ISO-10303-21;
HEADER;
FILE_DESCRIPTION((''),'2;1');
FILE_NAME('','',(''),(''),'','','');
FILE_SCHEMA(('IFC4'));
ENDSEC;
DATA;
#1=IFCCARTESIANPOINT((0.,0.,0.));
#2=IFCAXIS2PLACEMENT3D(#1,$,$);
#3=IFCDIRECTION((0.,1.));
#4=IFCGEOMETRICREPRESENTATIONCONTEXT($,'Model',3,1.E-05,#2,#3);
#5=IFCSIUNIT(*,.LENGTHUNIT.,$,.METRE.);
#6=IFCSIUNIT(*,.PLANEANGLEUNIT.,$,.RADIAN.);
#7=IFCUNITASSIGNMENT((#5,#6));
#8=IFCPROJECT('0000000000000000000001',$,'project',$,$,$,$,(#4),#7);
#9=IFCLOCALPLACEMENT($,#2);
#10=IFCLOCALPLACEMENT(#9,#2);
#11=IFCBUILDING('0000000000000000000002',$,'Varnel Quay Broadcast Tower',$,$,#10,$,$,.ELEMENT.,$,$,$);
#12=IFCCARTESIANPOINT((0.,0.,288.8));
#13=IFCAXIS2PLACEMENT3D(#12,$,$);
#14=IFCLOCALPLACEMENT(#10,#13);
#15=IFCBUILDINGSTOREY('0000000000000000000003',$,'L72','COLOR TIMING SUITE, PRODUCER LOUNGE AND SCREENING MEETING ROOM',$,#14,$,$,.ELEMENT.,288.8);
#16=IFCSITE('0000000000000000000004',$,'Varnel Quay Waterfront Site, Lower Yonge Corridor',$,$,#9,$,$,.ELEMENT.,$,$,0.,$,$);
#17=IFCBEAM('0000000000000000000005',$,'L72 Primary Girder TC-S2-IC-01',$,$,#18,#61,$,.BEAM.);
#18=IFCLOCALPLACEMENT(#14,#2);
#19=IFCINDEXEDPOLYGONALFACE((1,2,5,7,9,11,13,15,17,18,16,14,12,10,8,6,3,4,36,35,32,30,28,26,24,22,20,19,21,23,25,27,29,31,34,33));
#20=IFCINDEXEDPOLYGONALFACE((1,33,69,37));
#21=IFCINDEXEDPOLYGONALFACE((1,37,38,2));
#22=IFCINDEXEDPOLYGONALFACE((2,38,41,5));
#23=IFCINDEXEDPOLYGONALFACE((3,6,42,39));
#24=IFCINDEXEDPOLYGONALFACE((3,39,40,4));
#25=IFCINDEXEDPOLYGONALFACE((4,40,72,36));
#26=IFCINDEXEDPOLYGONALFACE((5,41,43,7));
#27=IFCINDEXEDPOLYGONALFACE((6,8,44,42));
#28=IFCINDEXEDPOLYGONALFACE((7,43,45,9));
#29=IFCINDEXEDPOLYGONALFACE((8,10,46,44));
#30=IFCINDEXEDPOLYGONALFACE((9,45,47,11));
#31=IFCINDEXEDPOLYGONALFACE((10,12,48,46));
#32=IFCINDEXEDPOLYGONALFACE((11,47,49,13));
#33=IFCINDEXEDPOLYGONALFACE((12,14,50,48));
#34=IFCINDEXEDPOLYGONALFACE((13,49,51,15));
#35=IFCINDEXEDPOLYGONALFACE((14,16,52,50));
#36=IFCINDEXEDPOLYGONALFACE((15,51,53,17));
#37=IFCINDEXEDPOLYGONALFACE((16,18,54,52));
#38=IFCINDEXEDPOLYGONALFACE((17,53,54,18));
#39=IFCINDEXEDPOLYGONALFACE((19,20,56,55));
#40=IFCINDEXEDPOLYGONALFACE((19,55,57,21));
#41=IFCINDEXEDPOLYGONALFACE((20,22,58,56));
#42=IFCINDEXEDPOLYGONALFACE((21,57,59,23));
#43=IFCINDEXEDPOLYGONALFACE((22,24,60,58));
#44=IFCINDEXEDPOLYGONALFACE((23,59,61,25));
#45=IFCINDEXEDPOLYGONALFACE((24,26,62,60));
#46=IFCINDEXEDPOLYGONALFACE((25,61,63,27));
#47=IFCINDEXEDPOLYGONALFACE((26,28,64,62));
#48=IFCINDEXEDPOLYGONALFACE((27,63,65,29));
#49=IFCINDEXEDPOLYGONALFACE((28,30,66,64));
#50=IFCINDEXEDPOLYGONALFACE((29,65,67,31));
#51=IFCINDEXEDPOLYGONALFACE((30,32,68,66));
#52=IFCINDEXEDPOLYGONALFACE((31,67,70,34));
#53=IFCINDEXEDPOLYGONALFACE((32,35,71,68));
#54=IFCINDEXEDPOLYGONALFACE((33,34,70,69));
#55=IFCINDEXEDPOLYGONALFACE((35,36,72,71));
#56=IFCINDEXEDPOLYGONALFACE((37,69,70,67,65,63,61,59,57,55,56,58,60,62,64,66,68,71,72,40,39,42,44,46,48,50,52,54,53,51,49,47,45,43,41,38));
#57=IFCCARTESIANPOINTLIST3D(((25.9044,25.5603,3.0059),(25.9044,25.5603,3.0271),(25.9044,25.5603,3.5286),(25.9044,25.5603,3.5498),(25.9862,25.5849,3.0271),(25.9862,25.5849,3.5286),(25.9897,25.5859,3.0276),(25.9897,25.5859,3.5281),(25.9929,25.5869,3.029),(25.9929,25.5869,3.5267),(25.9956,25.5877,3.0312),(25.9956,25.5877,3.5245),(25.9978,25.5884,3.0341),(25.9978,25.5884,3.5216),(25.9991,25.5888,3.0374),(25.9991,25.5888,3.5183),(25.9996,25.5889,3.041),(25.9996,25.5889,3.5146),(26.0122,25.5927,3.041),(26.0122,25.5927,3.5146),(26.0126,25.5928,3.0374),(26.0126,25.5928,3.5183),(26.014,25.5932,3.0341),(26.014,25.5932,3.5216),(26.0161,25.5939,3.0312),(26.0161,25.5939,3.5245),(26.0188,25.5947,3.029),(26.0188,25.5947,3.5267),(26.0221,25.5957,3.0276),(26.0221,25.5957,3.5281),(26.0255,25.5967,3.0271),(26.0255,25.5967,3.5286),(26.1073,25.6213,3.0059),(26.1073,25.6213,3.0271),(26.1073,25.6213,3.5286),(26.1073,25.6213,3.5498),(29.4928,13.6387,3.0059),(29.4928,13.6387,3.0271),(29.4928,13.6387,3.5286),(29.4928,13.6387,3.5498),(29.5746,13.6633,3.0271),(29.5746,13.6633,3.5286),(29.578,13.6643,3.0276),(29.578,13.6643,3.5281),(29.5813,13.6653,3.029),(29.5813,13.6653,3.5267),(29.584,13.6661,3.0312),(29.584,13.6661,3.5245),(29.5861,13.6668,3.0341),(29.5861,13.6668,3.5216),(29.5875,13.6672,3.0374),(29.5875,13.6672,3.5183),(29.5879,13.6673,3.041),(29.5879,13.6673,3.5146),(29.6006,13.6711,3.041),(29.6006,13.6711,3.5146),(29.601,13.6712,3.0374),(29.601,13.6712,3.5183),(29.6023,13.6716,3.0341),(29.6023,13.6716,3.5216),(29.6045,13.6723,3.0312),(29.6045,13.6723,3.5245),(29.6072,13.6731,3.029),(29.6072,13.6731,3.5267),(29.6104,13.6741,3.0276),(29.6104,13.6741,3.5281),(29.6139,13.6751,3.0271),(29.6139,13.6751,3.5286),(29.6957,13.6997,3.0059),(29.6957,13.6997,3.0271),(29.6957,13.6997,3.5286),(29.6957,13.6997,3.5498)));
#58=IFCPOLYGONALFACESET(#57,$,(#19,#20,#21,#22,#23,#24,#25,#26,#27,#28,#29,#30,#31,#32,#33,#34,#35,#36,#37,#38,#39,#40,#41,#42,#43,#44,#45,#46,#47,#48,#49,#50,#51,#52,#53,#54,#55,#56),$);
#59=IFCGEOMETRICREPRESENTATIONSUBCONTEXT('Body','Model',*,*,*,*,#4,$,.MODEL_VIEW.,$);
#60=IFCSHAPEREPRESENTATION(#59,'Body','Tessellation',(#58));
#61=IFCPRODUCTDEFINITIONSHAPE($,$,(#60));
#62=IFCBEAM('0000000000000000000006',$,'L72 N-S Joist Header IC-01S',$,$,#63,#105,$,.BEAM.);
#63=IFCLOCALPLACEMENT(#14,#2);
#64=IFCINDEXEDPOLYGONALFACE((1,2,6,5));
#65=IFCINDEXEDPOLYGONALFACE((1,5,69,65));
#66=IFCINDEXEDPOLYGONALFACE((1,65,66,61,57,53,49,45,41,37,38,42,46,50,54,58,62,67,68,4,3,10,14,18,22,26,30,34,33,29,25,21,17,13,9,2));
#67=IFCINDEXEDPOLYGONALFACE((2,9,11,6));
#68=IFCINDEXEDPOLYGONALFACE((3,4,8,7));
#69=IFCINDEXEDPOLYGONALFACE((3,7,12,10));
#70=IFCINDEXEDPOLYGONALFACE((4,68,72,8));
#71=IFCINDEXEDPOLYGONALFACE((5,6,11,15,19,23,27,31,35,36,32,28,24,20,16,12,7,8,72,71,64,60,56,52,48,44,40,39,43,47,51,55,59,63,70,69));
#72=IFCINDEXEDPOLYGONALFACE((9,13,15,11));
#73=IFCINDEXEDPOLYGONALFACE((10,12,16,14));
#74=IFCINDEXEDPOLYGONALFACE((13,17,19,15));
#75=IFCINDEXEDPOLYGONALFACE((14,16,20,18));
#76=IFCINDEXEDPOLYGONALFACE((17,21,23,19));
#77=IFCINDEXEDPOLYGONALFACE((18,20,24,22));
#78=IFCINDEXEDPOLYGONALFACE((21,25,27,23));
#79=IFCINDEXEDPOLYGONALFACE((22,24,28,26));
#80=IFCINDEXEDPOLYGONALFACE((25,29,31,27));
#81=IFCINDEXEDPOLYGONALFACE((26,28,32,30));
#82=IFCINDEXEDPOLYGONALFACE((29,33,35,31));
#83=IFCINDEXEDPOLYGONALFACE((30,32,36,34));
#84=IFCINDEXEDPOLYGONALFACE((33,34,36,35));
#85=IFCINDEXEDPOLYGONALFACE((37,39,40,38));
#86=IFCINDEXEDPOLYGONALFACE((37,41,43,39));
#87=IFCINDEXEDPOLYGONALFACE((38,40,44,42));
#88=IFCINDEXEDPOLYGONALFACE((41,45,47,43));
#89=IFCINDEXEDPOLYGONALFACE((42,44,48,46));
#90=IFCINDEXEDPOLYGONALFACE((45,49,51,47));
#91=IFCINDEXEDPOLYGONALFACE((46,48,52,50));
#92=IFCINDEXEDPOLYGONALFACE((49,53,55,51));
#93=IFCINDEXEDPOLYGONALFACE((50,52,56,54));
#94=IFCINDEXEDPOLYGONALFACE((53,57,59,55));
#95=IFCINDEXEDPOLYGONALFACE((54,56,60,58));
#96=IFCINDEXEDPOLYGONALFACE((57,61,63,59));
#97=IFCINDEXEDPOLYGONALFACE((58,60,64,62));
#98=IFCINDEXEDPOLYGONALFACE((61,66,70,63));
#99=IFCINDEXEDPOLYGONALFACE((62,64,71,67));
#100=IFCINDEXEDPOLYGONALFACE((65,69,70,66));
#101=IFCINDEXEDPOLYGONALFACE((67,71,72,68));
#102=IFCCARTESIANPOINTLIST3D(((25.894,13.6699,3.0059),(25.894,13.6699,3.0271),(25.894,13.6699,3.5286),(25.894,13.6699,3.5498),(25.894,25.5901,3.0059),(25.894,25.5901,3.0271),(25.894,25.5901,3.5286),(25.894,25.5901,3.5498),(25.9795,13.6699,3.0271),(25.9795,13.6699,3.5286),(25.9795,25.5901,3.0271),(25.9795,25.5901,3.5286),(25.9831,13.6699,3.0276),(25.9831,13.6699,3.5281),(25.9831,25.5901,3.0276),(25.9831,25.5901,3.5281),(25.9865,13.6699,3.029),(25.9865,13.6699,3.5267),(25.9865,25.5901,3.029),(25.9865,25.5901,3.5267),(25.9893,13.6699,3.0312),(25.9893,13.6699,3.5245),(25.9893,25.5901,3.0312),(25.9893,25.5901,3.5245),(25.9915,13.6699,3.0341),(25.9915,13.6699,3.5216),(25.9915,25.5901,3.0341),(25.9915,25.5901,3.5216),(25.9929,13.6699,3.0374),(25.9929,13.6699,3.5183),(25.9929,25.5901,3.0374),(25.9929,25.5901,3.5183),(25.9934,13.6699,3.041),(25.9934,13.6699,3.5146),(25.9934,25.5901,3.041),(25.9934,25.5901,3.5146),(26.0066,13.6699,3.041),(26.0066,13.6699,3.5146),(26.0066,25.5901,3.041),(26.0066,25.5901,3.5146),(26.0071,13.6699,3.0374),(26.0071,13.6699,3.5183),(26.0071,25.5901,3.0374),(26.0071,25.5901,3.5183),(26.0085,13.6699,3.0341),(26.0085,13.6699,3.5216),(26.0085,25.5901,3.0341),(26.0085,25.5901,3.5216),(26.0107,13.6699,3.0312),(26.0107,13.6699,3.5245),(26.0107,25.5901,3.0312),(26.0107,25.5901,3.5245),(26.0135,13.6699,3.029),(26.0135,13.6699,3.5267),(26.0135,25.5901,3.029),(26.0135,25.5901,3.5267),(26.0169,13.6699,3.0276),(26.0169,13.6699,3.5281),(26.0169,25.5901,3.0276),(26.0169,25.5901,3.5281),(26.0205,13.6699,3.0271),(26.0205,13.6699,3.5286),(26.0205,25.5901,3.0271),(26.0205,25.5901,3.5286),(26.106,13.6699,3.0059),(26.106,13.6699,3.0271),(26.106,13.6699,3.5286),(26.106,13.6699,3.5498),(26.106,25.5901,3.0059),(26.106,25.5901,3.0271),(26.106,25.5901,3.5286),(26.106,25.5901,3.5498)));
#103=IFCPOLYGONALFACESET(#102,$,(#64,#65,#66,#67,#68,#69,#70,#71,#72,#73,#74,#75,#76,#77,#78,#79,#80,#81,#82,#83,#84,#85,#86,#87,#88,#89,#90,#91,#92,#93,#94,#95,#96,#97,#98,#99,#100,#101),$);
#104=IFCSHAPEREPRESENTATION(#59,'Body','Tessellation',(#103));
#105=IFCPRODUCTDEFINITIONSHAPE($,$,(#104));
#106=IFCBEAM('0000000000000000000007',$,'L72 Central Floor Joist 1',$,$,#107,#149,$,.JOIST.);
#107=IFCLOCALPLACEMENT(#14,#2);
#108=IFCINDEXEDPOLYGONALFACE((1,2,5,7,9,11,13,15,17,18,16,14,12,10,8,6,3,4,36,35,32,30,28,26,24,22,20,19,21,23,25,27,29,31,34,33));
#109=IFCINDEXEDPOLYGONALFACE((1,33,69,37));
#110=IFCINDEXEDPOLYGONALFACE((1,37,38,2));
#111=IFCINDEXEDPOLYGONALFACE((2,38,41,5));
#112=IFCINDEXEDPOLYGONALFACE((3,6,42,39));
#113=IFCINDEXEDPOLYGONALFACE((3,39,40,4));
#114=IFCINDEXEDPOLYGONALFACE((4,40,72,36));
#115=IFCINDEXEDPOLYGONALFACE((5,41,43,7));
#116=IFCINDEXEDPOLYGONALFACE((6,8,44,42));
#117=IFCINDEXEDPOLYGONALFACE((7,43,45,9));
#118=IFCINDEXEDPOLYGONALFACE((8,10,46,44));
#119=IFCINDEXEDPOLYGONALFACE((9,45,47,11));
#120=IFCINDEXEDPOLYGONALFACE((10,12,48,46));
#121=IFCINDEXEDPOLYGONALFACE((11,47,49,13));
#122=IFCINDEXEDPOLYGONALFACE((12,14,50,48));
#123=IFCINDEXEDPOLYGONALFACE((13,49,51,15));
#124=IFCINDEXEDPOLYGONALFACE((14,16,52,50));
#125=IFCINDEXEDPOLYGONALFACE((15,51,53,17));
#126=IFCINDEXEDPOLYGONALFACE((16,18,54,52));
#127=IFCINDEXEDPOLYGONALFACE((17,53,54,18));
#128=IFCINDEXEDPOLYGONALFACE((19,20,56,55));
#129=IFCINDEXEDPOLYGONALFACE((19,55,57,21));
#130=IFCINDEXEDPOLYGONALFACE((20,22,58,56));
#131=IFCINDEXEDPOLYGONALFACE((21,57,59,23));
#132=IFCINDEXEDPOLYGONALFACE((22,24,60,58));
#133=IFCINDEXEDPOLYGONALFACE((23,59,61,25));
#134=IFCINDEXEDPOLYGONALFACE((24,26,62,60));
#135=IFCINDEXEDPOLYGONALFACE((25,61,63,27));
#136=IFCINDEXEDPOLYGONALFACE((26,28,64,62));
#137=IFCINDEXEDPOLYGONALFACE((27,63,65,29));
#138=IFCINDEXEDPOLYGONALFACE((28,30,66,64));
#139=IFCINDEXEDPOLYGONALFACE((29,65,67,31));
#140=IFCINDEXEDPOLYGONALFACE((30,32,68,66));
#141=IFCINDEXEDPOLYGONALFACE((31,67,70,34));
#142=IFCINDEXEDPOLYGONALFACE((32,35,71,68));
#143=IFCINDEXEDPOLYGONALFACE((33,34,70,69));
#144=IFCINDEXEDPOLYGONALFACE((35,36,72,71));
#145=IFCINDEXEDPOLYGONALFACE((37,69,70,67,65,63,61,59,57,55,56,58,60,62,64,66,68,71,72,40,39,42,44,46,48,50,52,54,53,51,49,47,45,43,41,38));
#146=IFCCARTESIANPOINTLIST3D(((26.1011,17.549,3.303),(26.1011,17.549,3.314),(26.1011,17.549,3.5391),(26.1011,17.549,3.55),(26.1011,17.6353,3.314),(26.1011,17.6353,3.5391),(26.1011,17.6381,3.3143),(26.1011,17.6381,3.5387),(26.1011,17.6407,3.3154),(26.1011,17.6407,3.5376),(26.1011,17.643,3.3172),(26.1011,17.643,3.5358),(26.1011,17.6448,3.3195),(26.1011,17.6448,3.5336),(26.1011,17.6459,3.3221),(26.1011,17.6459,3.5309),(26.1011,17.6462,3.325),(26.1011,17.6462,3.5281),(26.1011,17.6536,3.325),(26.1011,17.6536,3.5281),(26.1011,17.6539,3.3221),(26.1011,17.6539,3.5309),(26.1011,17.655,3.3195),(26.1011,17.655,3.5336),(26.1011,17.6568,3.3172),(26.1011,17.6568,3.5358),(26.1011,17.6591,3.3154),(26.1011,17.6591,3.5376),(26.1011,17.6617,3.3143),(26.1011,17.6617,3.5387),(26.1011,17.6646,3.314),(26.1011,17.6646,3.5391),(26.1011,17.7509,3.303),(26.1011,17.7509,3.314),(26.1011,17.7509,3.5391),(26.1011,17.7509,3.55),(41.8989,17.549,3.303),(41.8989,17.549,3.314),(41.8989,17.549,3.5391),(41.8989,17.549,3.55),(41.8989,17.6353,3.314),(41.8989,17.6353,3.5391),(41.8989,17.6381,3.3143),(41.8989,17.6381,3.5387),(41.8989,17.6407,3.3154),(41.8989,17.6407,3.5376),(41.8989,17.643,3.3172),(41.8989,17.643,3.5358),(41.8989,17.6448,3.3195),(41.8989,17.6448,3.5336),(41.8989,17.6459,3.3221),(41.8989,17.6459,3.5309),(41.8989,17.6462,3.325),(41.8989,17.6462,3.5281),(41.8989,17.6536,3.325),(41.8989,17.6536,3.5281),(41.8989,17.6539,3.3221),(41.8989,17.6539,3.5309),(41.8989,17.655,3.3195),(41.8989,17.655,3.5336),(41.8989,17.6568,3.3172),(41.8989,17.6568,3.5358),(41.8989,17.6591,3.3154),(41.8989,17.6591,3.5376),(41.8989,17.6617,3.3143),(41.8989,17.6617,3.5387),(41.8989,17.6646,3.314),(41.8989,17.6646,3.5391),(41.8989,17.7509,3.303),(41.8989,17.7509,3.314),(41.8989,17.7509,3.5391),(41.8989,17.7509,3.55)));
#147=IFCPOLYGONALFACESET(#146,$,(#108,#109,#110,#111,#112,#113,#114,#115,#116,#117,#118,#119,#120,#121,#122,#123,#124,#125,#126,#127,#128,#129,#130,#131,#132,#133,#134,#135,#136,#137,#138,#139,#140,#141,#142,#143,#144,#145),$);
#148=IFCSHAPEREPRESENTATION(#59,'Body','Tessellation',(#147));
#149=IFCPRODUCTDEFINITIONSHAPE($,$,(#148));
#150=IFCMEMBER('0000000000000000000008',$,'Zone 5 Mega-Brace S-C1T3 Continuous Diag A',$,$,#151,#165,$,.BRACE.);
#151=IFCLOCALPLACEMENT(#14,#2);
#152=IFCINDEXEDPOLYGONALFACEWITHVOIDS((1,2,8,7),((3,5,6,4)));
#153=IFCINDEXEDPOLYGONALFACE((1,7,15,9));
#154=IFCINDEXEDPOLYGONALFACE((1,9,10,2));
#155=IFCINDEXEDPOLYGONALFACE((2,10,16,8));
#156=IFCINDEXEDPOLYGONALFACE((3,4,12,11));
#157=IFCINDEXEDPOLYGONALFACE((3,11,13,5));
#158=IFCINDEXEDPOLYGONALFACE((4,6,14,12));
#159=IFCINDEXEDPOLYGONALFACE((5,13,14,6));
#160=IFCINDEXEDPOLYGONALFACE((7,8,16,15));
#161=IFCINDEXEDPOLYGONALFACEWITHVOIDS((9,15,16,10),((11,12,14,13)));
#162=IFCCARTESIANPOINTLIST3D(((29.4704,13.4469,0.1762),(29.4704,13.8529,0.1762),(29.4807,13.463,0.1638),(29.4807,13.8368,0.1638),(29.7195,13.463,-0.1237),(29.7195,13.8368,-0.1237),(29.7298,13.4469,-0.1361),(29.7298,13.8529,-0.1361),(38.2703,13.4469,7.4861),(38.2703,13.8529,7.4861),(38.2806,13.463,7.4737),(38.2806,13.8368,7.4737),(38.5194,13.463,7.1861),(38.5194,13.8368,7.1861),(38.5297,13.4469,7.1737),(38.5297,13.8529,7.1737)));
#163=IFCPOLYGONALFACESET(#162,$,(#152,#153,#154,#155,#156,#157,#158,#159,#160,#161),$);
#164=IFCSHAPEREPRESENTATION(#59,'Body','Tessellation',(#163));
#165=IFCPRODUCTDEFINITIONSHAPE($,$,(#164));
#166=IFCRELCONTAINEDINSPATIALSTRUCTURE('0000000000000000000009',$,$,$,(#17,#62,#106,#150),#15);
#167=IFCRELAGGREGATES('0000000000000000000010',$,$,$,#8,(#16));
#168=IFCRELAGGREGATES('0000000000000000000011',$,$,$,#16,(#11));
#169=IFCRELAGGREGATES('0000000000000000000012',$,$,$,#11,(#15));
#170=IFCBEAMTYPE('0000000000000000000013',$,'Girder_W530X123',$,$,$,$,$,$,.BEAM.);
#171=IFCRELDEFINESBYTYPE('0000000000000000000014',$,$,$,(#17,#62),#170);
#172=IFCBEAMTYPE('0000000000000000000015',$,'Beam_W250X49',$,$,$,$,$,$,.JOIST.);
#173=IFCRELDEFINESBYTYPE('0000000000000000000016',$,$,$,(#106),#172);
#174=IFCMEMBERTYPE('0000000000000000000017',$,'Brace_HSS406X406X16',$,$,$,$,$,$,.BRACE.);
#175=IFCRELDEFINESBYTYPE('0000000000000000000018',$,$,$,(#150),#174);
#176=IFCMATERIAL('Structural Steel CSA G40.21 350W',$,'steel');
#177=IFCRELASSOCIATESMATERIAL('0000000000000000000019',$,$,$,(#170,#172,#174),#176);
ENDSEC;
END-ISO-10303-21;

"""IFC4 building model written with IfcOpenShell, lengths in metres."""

from ifc_helpers import new_model, si_unit, direction, frame, origin, origin_2d, place, context, subcontext, project, spatial, hollow_rectangle, i_section, extrude, source, transform, mapped, material, material_profile, profile_set, type_object, type_shapes, element, save


model = new_model("IFC4")

# Units and contexts
model_context = context("Model", 3, precision=1e-05, world=origin(), true_north=direction((0.0, 1.0)))
body_context = subcontext(model_context, "Body", "Model", "MODEL_VIEW")
ifc_project = project(units=[si_unit("LENGTHUNIT", "METRE"), si_unit("PLANEANGLEUNIT", "RADIAN")], contexts=[model_context])

# Site, building, storey
site_placement = place(None, origin())
site = spatial("IfcSite", under=ifc_project, at=site_placement, Name="Varnel Quay Waterfront Site, Lower Yonge Corridor", CompositionType="ELEMENT", RefElevation=0.0)
building_placement = place(site_placement, origin())
building = spatial("IfcBuilding", under=site, at=building_placement, Name="Varnel Quay Broadcast Tower", CompositionType="ELEMENT")
storey_placement = place(building_placement, frame((0.0, 0.0, 288.8)))
storey = spatial("IfcBuildingStorey", under=building, at=storey_placement, Name="L72", Description="COLOR TIMING SUITE, PRODUCER LOUNGE AND SCREENING MEETING ROOM", CompositionType="ELEMENT", Elevation=288.8)

# Shared definitions
ifc_material_1 = material(Name="Structural Steel CSA G40.21 350W", Category="steel")

# Beams
ifc_material_profile_1 = material_profile(ifc_material_1, i_section(OverallWidth=0.2119, OverallDepth=0.5439, WebThickness=0.0132, FlangeThickness=0.0212, FilletRadius=0.0139, at=origin_2d()), Name="W530X123")
ifc_profile_set_1 = profile_set([ifc_material_profile_1], Name="Structural Steel CSA G40.21 350W")
beam_type_1 = type_object("IfcBeamType", Name="Girder_W530X123", PredefinedType="BEAM", material=ifc_profile_set_1)
shared_shape_1 = source(origin(), body_context, "Body", "SweptSolid", [
    extrude(i_section(OverallWidth=0.2119, OverallDepth=0.5439, WebThickness=0.0132, FlangeThickness=0.0212, FilletRadius=0.0139, at=origin_2d()), origin(), (0.0, 0.0, 1.0), 12.45),
])
beam_1_placement = place(storey_placement, frame((29.5942, 13.6692, 3.2778), z_axis=(-0.288224, 0.957563, 0.0), x_axis=(-0.957563, -0.288224, 0.0)))
element("IfcBeam", 1, at=beam_1_placement, inside=storey, type_object=beam_type_1, Name="L72 Primary Girder TC-S2-IC-01", PredefinedType="BEAM", context=body_context, shape_type="MappedRepresentation", body=[
    mapped(shared_shape_1, transform((0.0, 0.0, 0.0), x_axis=(1.0, 0.0, 0.0), y_axis=(0.0, 1.0, 0.0), z_axis=(0.0, 0.0, 1.0), scale=1.0)),
])
shared_shape_2 = source(origin(), body_context, "Body", "SweptSolid", [
    extrude(i_section(OverallWidth=0.2119, OverallDepth=0.5439, WebThickness=0.0132, FlangeThickness=0.0212, FilletRadius=0.0139, at=origin_2d()), origin(), (0.0, 0.0, 1.0), 11.9202),
])
type_shapes(beam_type_1, [shared_shape_1, shared_shape_2])
beam_2_placement = place(storey_placement, frame((26.0, 13.6699, 3.2778), z_axis=(0.0, 1.0, 0.0), x_axis=(-1.0, 0.0, 0.0)))
element("IfcBeam", 2, at=beam_2_placement, inside=storey, type_object=beam_type_1, Name="L72 N-S Joist Header IC-01S", PredefinedType="BEAM", context=body_context, shape_type="MappedRepresentation", body=[
    mapped(shared_shape_2, transform((0.0, 0.0, 0.0), x_axis=(1.0, 0.0, 0.0), y_axis=(0.0, 1.0, 0.0), z_axis=(0.0, 0.0, 1.0), scale=1.0)),
])
ifc_material_profile_2 = material_profile(ifc_material_1, i_section(OverallWidth=0.2019, OverallDepth=0.2471, WebThickness=0.0073, FlangeThickness=0.011, FilletRadius=0.011, at=origin_2d()), Name="W250X49")
ifc_profile_set_2 = profile_set([ifc_material_profile_2], Name="Structural Steel CSA G40.21 350W")
beam_type_2 = type_object("IfcBeamType", Name="Beam_W250X49", PredefinedType="JOIST", material=ifc_profile_set_2)
shared_shape_3 = source(origin(), body_context, "Body", "SweptSolid", [
    extrude(i_section(OverallWidth=0.2019, OverallDepth=0.2471, WebThickness=0.0073, FlangeThickness=0.011, FilletRadius=0.011, at=origin_2d()), origin(), (0.0, 0.0, 1.0), 15.7979),
])
type_shapes(beam_type_2, [shared_shape_3])
beam_3_placement = place(storey_placement, frame((26.1011, 17.6499, 3.4265), z_axis=(1.0, 0.0, 0.0), x_axis=(0.0, 1.0, 0.0)))
element("IfcBeam", 3, at=beam_3_placement, inside=storey, type_object=beam_type_2, Name="L72 Central Floor Joist 1", PredefinedType="JOIST", context=body_context, shape_type="MappedRepresentation", body=[
    mapped(shared_shape_3, transform((0.0, 0.0, 0.0), x_axis=(1.0, 0.0, 0.0), y_axis=(0.0, 1.0, 0.0), z_axis=(0.0, 0.0, 1.0), scale=1.0)),
])

# Member
ifc_material_profile_3 = material_profile(ifc_material_1, hollow_rectangle(XDim=0.406, YDim=0.406, WallThickness=0.0161, at=origin_2d()), Name="HSS406X406X16")
ifc_profile_set_3 = profile_set([ifc_material_profile_3], Name="Structural Steel CSA G40.21 350W")
member_type_1 = type_object("IfcMemberType", Name="Brace_HSS406X406X16", PredefinedType="BRACE", material=ifc_profile_set_3)
shared_shape_4 = source(origin(), body_context, "Body", "SweptSolid", [
    extrude(hollow_rectangle(XDim=0.406, YDim=0.406, WallThickness=0.0161, at=origin_2d()), origin(), (0.0, 0.0, 1.0), 11.4399),
])
type_shapes(member_type_1, [shared_shape_4])
member_1_placement = place(storey_placement, frame((29.6001, 13.6499, 0.02), z_axis=(0.769224, 0.0, 0.638979), x_axis=(0.0, 1.0, 0.0)))
element("IfcMember", 4, at=member_1_placement, inside=storey, type_object=member_type_1, Name="Zone 5 Mega-Brace S-C1T3 Continuous Diag A", PredefinedType="BRACE", context=body_context, shape_type="MappedRepresentation", body=[
    mapped(shared_shape_4, transform((0.0, 0.0, 0.0), x_axis=(1.0, 0.0, 0.0), y_axis=(0.0, 1.0, 0.0), z_axis=(0.0, 0.0, 1.0), scale=1.0)),
])

save(model, "model.ifc")
